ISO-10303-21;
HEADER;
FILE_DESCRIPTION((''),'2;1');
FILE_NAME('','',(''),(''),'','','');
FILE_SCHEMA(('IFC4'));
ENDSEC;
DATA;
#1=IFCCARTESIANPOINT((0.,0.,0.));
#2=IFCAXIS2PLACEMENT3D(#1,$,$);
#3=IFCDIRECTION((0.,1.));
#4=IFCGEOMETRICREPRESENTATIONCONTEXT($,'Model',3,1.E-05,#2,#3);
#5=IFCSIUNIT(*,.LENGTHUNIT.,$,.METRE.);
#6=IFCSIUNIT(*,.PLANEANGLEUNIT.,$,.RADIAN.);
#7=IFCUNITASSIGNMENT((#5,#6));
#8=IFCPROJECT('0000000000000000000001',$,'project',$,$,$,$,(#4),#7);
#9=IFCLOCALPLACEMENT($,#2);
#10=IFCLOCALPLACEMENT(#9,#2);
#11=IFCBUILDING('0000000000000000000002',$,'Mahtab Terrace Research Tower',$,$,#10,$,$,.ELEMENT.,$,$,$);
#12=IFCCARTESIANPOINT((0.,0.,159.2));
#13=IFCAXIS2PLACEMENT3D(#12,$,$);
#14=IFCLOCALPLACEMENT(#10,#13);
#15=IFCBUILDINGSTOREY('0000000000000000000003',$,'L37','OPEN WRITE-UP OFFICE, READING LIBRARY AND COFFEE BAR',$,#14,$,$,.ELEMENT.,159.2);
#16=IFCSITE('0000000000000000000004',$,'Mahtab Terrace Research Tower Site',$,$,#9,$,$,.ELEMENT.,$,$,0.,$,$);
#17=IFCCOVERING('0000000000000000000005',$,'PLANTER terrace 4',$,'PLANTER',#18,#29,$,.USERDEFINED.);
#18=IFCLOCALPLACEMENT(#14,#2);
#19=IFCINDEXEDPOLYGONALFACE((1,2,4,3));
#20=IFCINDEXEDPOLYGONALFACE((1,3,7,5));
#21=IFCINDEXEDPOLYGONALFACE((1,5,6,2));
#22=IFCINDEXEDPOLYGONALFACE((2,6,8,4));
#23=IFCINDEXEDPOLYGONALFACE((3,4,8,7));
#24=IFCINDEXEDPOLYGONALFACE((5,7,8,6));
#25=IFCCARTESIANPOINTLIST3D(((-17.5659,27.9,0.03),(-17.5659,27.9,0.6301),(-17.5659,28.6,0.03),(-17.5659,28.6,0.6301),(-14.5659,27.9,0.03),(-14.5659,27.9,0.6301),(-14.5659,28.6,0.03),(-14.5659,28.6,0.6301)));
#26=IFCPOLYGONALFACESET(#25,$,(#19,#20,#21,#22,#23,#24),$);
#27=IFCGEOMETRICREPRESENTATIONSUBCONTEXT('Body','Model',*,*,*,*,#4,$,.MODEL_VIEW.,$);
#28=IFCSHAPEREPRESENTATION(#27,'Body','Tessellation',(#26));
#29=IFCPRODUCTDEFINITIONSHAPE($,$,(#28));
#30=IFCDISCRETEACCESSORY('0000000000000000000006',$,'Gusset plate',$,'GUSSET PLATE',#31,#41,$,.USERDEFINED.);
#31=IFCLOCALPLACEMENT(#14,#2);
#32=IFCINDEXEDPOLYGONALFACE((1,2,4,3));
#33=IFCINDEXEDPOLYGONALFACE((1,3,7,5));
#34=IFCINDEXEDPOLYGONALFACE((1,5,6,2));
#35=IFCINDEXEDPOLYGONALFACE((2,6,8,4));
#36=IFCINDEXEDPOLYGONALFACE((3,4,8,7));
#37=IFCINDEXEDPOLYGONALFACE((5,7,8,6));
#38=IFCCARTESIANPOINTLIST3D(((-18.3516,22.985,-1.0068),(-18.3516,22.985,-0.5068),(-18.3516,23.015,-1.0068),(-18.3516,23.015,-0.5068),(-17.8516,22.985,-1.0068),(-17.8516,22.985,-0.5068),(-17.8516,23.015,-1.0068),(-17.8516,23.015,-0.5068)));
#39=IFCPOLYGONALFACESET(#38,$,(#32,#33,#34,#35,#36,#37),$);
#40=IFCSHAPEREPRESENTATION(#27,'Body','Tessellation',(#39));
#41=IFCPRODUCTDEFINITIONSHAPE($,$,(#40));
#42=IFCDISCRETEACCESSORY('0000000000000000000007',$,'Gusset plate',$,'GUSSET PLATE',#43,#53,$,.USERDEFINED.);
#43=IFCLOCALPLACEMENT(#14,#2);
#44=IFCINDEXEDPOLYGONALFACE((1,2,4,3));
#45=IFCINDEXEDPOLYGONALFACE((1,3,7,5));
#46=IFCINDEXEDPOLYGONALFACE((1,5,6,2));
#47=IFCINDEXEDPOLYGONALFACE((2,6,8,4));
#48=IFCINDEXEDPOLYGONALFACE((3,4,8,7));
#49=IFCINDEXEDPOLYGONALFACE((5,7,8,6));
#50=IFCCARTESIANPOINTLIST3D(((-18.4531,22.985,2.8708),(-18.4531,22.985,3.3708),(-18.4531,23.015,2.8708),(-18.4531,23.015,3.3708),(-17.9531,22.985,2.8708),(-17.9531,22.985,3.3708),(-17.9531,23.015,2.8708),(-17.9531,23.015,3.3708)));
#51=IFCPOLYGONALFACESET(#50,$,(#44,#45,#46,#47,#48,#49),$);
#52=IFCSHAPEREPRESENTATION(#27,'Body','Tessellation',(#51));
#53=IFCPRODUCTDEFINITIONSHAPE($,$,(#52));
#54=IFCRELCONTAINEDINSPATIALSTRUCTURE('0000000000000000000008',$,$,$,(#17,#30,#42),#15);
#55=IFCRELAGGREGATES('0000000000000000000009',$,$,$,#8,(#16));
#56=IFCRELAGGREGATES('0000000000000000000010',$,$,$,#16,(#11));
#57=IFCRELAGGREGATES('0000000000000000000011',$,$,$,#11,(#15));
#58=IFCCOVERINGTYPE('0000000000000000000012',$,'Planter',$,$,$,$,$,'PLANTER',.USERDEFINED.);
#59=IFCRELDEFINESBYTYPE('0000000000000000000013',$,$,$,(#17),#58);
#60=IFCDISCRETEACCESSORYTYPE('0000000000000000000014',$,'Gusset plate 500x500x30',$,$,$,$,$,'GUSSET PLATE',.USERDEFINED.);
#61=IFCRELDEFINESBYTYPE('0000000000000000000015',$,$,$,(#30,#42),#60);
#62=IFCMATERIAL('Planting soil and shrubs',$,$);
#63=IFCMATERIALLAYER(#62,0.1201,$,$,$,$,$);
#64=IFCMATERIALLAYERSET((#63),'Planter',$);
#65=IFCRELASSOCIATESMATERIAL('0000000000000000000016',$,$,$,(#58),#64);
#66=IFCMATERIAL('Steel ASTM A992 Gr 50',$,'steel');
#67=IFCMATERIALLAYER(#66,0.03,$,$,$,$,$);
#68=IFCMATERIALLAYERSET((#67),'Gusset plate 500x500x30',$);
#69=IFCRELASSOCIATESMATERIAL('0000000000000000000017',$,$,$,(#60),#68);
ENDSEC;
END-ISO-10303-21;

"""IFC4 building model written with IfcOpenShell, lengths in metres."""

from ifc_helpers import new_model, si_unit, direction, frame, origin, origin_2d, place, context, subcontext, project, spatial, rectangle, extrude, material, layer, layer_set, type_object, element, save


model = new_model("IFC4")

# Units and contexts
model_context = context("Model", 3, precision=1e-05, world=origin(), true_north=direction((0.0, 1.0)))
body_context = subcontext(model_context, "Body", "Model", "MODEL_VIEW")
ifc_project = project(units=[si_unit("LENGTHUNIT", "METRE"), si_unit("PLANEANGLEUNIT", "RADIAN")], contexts=[model_context])

# Site, building, storey
site_placement = place(None, origin())
site = spatial("IfcSite", under=ifc_project, at=site_placement, Name="Mahtab Terrace Research Tower Site", CompositionType="ELEMENT", RefElevation=0.0)
building_placement = place(site_placement, origin())
building = spatial("IfcBuilding", under=site, at=building_placement, Name="Mahtab Terrace Research Tower", CompositionType="ELEMENT")
storey_placement = place(building_placement, frame((0.0, 0.0, 159.2)))
storey = spatial("IfcBuildingStorey", under=building, at=storey_placement, Name="L37", Description="OPEN WRITE-UP OFFICE, READING LIBRARY AND COFFEE BAR", CompositionType="ELEMENT", Elevation=159.2)

# Shared definitions
ifc_material_1 = material(Name="Steel ASTM A992 Gr 50", Category="steel")

# Covering
ifc_material_2 = material(Name="Planting soil and shrubs")
ifc_layer_1 = layer(ifc_material_2, 0.1201)
ifc_layer_set_1 = layer_set([ifc_layer_1], Name="Planter")
covering_type_1 = type_object("IfcCoveringType", Name="Planter", ElementType="PLANTER", PredefinedType="USERDEFINED", material=ifc_layer_set_1)
for number, where, z_axis, x_axis, name in (
    (1, (-16.0659, 28.25, 0.03), (0.0, 0.0, 1.0), (-1.0, 0.0, 0.0), "PLANTER terrace 4"),
):
    element("IfcCovering", number, at=place(storey_placement, frame(where, z_axis=z_axis, x_axis=x_axis)), inside=storey, type_object=covering_type_1, Name=name, ObjectType="PLANTER", PredefinedType="USERDEFINED", context=body_context, shape_type="SweptSolid", body=[
        extrude(rectangle(XDim=3.0, YDim=0.7, at=origin_2d()), origin(), (0.0, 0.0, 1.0), 0.6001),
    ])

# Discrete accessories
ifc_layer_2 = layer(ifc_material_1, 0.03)
ifc_layer_set_2 = layer_set([ifc_layer_2], Name="Gusset plate 500x500x30")
discrete_accessory_type = type_object("IfcDiscreteAccessoryType", Name="Gusset plate 500x500x30", ElementType="GUSSET PLATE", PredefinedType="USERDEFINED", material=ifc_layer_set_2)
for number, where, z_axis, x_axis, name in (
    (2, (-18.1016, 23.0, -1.0068), (0.0, 0.0, 1.0), (1.0, 0.0, 0.0), "Gusset plate"),
    (3, (-18.2031, 23.0, 2.8708), (0.0, 0.0, 1.0), (1.0, 0.0, 0.0), "Gusset plate"),
):
    element("IfcDiscreteAccessory", number, at=place(storey_placement, frame(where, z_axis=z_axis, x_axis=x_axis)), inside=storey, type_object=discrete_accessory_type, Name=name, ObjectType="GUSSET PLATE", PredefinedType="USERDEFINED", context=body_context, shape_type="SweptSolid", body=[
        extrude(rectangle(XDim=0.5, YDim=0.03, at=origin_2d()), origin(), (0.0, 0.0, 1.0), 0.5),
    ])

save(model, "model.ifc")
